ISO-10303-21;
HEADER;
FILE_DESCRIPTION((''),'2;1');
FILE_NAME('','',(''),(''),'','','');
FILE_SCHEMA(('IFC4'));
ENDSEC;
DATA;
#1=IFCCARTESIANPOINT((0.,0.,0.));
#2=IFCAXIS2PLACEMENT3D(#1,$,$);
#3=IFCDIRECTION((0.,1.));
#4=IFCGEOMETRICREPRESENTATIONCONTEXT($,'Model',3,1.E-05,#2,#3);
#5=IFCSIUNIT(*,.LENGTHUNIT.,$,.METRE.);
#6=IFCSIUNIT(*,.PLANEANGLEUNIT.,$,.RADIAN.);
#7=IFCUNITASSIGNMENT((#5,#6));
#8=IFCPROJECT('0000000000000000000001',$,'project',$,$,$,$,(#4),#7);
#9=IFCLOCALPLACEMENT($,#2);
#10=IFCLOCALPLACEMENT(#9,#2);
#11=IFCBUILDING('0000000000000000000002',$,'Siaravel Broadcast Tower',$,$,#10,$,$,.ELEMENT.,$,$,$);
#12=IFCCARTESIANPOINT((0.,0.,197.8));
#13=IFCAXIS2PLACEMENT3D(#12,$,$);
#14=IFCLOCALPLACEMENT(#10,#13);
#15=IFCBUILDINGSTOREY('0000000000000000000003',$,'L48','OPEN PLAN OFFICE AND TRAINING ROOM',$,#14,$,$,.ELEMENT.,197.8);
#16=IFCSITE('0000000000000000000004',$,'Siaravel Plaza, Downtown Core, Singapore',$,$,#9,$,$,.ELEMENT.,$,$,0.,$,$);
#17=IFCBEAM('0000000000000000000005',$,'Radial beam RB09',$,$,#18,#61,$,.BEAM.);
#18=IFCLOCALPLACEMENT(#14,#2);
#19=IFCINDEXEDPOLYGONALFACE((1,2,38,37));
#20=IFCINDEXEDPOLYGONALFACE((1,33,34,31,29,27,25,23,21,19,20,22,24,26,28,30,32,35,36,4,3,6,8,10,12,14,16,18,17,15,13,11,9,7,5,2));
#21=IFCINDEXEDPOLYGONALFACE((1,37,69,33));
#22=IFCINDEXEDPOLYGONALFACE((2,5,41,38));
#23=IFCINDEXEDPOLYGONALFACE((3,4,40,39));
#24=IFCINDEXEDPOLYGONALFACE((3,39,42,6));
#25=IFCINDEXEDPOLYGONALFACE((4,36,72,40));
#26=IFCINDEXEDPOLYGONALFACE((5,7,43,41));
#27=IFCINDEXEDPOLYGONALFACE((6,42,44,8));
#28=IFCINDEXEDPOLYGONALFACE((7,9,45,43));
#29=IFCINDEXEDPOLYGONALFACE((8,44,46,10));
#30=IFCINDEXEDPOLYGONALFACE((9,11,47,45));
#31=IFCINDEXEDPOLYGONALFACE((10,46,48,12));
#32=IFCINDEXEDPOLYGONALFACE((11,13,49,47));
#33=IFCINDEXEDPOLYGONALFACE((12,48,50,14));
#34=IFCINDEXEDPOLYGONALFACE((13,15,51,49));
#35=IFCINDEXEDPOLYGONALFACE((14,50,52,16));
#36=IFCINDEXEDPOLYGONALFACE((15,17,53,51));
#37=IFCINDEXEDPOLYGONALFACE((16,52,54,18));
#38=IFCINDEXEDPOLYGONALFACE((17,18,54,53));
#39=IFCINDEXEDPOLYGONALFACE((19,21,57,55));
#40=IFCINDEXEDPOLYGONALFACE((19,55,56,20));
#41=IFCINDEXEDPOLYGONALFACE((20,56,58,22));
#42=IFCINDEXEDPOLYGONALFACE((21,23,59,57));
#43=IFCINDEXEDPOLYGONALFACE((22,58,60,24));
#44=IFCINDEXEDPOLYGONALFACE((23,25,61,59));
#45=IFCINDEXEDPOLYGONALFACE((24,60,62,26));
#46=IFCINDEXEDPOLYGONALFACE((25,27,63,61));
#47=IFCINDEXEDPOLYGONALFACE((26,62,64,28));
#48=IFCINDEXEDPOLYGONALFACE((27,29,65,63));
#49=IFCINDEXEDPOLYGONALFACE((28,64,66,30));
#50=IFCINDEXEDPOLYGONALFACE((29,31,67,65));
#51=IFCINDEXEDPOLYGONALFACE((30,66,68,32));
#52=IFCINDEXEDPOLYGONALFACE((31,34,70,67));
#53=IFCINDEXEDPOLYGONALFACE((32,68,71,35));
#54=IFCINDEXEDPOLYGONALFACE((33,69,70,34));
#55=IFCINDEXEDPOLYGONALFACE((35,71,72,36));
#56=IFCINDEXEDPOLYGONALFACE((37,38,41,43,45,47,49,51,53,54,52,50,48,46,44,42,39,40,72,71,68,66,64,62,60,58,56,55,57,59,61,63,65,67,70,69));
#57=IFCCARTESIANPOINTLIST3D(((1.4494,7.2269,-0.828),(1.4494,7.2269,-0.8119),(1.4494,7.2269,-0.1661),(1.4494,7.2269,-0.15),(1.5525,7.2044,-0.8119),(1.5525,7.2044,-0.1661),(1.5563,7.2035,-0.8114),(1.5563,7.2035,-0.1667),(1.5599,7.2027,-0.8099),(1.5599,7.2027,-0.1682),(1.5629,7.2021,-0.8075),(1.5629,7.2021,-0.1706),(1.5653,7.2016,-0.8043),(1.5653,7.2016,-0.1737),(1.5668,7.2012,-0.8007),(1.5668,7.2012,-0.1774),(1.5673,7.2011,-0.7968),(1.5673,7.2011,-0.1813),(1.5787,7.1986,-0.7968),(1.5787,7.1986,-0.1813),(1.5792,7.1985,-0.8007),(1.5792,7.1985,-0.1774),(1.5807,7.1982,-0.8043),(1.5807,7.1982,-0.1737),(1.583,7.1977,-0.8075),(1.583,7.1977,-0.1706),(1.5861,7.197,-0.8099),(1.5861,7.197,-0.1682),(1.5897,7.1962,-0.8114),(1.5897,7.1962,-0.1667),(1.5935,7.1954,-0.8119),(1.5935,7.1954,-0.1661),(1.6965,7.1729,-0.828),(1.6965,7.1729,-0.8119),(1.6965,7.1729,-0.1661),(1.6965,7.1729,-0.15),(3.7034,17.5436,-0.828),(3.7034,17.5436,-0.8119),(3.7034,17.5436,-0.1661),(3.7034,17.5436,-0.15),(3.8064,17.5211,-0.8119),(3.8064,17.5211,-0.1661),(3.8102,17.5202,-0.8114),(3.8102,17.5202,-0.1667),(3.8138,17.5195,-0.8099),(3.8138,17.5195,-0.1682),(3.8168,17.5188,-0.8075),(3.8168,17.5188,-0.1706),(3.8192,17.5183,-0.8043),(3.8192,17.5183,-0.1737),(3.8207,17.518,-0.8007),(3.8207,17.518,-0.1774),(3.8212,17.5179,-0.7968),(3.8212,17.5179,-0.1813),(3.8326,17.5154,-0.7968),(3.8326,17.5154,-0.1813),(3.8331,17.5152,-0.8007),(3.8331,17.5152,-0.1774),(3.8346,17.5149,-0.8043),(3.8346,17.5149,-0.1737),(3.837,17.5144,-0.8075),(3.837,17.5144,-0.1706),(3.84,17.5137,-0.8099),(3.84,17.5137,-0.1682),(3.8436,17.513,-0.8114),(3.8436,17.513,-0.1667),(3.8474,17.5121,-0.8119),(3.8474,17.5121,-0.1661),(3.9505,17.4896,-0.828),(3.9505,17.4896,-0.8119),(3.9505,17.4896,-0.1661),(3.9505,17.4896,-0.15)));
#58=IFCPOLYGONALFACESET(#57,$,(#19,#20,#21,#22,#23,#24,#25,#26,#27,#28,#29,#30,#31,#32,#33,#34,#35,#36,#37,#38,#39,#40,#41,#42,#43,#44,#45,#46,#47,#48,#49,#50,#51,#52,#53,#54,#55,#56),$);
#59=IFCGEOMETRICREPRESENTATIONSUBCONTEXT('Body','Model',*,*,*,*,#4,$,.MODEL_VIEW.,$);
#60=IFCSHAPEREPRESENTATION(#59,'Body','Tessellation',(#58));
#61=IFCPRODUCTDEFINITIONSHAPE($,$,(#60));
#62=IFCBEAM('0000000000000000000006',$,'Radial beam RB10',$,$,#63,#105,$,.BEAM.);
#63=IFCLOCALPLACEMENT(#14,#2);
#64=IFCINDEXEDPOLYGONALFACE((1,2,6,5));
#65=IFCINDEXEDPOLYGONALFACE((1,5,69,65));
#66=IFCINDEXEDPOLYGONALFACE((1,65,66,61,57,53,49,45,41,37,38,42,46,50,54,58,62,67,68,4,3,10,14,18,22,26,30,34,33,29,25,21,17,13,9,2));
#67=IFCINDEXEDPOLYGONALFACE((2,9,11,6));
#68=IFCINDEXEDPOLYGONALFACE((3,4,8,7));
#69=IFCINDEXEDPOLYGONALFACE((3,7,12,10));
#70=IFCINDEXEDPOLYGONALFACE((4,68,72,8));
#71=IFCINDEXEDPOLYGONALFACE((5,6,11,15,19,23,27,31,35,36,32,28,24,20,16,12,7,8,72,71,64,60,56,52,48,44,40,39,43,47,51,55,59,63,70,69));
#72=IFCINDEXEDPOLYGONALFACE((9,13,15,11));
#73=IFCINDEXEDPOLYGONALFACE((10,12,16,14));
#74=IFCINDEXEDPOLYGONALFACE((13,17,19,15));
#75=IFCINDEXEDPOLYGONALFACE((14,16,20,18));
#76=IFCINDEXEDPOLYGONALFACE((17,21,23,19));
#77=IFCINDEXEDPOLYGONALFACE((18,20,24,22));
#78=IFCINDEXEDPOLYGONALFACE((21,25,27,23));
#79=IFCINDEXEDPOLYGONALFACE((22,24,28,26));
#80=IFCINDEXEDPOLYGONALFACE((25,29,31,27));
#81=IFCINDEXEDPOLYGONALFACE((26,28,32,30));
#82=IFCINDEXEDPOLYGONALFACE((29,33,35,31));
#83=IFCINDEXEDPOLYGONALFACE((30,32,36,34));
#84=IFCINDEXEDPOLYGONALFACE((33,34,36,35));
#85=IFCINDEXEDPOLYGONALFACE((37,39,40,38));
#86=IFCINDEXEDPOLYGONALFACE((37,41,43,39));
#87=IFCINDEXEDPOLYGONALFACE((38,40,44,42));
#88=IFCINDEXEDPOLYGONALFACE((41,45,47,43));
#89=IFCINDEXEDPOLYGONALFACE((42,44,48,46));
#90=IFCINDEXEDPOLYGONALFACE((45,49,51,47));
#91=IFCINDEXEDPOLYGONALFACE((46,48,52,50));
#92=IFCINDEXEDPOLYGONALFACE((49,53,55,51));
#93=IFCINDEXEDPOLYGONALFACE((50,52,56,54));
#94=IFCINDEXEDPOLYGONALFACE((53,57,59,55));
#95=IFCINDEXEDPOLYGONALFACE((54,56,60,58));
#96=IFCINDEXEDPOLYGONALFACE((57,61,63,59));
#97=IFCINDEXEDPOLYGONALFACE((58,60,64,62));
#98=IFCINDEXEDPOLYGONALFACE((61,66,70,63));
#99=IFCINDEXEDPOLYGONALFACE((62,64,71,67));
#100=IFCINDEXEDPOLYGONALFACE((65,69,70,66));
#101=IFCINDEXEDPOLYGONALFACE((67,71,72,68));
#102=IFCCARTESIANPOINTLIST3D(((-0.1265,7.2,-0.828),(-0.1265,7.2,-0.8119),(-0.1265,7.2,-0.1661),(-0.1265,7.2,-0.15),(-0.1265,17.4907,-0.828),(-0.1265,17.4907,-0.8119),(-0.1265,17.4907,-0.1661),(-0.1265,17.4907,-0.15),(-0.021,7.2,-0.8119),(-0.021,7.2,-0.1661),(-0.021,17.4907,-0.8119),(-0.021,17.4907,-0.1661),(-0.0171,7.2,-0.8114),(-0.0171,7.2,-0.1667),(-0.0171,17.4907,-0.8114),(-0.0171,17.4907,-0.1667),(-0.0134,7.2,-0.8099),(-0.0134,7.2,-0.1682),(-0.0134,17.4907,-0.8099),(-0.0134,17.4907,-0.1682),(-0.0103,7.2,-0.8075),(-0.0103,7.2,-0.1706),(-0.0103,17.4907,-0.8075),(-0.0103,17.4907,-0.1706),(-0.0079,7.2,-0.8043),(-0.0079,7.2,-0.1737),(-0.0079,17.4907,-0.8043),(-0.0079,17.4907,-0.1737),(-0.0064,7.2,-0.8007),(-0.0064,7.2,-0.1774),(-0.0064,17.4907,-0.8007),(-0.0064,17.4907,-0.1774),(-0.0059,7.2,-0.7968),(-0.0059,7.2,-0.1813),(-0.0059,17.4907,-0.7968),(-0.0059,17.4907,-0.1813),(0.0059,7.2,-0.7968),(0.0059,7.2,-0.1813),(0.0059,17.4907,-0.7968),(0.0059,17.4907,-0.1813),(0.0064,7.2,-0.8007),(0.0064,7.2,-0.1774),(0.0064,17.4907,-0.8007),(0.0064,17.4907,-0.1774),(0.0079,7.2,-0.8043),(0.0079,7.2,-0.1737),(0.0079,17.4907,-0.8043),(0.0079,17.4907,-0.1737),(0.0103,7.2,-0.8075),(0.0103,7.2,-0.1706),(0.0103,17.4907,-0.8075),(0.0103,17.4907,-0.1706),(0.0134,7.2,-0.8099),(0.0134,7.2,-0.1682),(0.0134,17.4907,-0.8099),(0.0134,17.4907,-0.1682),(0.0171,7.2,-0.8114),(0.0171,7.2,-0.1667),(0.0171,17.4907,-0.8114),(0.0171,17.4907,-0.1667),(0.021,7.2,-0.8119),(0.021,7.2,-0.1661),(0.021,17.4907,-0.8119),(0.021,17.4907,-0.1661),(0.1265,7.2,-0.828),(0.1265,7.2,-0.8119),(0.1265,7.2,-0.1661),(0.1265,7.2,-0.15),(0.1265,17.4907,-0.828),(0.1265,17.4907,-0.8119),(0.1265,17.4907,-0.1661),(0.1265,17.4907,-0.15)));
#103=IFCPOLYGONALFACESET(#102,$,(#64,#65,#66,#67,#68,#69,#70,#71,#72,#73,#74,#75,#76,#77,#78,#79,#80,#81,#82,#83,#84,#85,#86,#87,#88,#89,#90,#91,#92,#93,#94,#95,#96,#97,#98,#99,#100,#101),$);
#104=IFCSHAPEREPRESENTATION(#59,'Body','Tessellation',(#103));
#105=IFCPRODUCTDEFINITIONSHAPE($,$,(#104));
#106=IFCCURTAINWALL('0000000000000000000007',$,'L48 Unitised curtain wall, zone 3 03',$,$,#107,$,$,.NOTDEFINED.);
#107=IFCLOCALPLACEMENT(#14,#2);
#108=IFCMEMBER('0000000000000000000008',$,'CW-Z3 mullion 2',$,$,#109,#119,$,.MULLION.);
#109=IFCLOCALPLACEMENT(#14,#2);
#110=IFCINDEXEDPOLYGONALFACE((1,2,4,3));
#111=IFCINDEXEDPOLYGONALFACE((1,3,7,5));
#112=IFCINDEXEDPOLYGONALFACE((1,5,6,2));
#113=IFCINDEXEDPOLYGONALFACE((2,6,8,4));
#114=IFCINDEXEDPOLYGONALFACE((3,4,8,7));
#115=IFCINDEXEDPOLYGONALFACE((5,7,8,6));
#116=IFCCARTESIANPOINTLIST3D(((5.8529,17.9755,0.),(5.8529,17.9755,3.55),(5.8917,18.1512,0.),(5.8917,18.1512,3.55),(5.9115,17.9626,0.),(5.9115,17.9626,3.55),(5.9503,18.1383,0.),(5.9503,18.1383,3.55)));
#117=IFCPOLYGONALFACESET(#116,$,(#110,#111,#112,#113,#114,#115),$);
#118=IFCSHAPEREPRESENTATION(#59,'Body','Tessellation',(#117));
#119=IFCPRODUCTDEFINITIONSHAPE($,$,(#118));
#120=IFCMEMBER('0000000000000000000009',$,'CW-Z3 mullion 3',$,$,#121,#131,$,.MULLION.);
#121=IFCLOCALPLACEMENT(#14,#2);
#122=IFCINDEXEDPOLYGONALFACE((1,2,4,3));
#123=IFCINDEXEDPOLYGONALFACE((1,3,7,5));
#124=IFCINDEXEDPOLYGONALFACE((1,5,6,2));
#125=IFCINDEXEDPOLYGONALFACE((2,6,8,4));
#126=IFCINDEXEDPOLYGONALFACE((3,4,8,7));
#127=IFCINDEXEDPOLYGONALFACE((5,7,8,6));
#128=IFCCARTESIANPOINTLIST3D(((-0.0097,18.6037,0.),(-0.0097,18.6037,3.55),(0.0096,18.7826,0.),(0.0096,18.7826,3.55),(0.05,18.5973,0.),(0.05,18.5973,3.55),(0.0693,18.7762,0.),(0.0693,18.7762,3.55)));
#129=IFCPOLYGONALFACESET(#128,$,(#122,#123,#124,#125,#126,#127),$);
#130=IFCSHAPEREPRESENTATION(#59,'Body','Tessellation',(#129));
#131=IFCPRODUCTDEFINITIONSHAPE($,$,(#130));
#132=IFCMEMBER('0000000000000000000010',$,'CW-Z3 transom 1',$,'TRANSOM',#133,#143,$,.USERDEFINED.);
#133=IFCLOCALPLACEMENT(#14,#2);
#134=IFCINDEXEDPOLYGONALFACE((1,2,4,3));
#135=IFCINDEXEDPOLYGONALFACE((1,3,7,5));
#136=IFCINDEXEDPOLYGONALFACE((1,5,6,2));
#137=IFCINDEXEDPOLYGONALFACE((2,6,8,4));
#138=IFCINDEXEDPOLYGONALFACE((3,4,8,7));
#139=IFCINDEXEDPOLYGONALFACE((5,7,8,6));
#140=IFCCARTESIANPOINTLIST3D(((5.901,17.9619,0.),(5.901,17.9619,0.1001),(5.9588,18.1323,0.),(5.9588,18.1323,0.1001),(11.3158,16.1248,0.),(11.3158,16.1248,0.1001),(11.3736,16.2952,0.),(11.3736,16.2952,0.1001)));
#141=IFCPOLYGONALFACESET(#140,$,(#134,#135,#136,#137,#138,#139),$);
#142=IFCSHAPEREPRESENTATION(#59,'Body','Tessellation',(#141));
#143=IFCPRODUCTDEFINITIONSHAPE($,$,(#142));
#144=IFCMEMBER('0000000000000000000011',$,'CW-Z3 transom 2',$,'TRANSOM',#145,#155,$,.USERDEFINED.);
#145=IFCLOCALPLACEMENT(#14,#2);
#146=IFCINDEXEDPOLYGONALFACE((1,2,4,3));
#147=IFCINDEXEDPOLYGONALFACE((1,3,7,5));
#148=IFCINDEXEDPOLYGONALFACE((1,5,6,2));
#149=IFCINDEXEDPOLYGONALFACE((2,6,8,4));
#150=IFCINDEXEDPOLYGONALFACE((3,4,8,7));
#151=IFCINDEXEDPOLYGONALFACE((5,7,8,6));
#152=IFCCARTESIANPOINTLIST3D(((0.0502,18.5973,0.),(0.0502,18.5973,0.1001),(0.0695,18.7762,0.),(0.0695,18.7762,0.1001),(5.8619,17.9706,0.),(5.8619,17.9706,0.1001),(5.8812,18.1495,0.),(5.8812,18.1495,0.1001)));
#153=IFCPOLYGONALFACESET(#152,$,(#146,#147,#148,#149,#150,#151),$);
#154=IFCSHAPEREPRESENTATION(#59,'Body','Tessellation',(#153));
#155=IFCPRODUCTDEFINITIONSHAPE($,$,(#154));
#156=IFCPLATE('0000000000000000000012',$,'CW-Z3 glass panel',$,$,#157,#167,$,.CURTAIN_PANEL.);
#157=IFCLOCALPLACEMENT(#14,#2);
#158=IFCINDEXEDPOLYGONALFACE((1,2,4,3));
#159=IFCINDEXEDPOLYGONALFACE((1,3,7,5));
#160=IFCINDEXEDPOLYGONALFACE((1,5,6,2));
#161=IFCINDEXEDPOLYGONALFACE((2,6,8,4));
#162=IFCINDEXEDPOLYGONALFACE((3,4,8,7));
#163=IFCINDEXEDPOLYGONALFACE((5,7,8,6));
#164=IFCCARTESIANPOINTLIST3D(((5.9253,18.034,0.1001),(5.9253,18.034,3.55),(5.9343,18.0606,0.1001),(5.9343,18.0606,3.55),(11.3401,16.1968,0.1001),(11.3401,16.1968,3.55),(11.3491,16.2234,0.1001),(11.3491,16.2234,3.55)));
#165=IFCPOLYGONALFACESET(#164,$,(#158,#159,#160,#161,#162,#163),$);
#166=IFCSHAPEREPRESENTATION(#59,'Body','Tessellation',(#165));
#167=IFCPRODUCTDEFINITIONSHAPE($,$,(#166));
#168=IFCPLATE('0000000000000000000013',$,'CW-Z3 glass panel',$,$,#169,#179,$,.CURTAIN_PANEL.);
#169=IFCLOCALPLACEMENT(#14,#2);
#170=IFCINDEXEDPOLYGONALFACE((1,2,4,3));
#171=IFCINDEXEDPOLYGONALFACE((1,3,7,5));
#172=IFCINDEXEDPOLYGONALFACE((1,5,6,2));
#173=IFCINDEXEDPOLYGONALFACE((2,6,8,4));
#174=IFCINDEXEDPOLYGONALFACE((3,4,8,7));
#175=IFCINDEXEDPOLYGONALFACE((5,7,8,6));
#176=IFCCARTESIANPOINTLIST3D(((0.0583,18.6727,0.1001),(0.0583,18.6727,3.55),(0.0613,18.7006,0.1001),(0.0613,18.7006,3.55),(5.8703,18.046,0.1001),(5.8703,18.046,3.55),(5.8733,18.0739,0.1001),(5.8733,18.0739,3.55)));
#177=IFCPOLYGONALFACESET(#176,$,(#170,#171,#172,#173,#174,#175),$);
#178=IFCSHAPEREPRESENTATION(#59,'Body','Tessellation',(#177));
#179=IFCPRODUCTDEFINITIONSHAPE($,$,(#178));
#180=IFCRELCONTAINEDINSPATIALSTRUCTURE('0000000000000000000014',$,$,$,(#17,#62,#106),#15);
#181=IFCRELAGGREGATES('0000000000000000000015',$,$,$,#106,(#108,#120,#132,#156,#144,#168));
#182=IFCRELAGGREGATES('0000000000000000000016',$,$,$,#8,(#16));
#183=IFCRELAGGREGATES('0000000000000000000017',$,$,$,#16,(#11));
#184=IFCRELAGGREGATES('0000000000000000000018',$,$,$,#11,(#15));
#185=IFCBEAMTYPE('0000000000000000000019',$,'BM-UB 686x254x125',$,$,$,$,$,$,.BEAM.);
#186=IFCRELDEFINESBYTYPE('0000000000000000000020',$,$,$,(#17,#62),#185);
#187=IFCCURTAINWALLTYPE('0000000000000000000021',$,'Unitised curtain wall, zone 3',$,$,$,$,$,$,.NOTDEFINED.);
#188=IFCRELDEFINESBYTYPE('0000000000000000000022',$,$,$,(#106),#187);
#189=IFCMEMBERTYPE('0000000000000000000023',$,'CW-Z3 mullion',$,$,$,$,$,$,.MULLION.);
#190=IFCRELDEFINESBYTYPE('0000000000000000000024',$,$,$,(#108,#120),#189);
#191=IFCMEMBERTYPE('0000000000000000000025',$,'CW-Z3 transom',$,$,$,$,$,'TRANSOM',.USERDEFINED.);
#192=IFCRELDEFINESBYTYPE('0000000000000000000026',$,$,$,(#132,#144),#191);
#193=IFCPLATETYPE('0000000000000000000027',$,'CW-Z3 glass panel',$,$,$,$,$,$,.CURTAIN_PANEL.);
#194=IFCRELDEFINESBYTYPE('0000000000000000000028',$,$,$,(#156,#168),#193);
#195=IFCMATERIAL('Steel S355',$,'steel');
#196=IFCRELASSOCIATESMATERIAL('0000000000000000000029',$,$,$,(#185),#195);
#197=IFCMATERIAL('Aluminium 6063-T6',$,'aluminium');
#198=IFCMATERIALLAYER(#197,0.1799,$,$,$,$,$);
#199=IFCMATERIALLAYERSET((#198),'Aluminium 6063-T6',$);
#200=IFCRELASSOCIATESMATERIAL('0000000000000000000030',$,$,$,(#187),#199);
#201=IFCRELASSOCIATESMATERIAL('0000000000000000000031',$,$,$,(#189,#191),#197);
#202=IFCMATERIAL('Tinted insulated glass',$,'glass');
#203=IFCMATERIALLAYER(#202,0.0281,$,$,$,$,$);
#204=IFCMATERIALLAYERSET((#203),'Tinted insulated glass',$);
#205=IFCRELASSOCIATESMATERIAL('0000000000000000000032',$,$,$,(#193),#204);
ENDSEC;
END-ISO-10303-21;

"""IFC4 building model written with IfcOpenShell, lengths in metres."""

from ifc_helpers import new_model, si_unit, direction, frame, origin, origin_2d, place, context, subcontext, project, spatial, rectangle, i_section, extrude, material, layer, layer_set, material_profile, profile_set, type_object, element, aggregate, save


model = new_model("IFC4")

# Units and contexts
model_context = context("Model", 3, precision=1e-05, world=origin(), true_north=direction((0.0, 1.0)))
body_context = subcontext(model_context, "Body", "Model", "MODEL_VIEW")
ifc_project = project(units=[si_unit("LENGTHUNIT", "METRE"), si_unit("PLANEANGLEUNIT", "RADIAN")], contexts=[model_context])

# Site, building, storey
site_placement = place(None, origin())
site = spatial("IfcSite", under=ifc_project, at=site_placement, Name="Siaravel Plaza, Downtown Core, Singapore", CompositionType="ELEMENT", RefElevation=0.0)
building_placement = place(site_placement, origin())
building = spatial("IfcBuilding", under=site, at=building_placement, Name="Siaravel Broadcast Tower", CompositionType="ELEMENT")
storey_placement = place(building_placement, frame((0.0, 0.0, 197.8)))
storey = spatial("IfcBuildingStorey", under=building, at=storey_placement, Name="L48", Description="OPEN PLAN OFFICE AND TRAINING ROOM", CompositionType="ELEMENT", Elevation=197.8)

# Beams
ifc_material_1 = material(Name="Steel S355", Category="steel")
ifc_material_profile_1 = material_profile(ifc_material_1, i_section(OverallWidth=0.2529, OverallDepth=0.678, WebThickness=0.0117, FlangeThickness=0.0161, FilletRadius=0.0151, at=origin_2d()))
ifc_profile_set_1 = profile_set([ifc_material_profile_1], Name="Steel S355")
beam_type = type_object("IfcBeamType", Name="BM-UB 686x254x125", PredefinedType="BEAM", material=ifc_profile_set_1)
beam_1_placement = place(storey_placement, frame((3.8269, 17.5166, -0.489), z_axis=(-0.213438, -0.976957, 0.0), x_axis=(0.976957, -0.213438, 0.0)))
element("IfcBeam", 1, at=beam_1_placement, inside=storey, type_object=beam_type, Name="Radial beam RB09", PredefinedType="BEAM", context=body_context, shape_type="SweptSolid", body=[
    extrude(i_section(OverallWidth=0.2529, OverallDepth=0.678, WebThickness=0.0117, FlangeThickness=0.0161, FilletRadius=0.0151, at=origin_2d()), origin(), (0.0, 0.0, 1.0), 10.5601),
])
beam_2_placement = place(storey_placement, frame((0.0, 17.4907, -0.489), z_axis=(0.0, -1.0, 0.0), x_axis=(1.0, 0.0, 0.0)))
element("IfcBeam", 2, at=beam_2_placement, inside=storey, type_object=beam_type, Name="Radial beam RB10", PredefinedType="BEAM", context=body_context, shape_type="SweptSolid", body=[
    extrude(i_section(OverallWidth=0.2529, OverallDepth=0.678, WebThickness=0.0117, FlangeThickness=0.0161, FilletRadius=0.0151, at=origin_2d()), origin(), (0.0, 0.0, 1.0), 10.2908),
])

# Curtain wall, members, plates
ifc_material_2 = material(Name="Aluminium 6063-T6", Category="aluminium")
ifc_layer_1 = layer(ifc_material_2, 0.1799)
ifc_layer_set_1 = layer_set([ifc_layer_1], Name="Aluminium 6063-T6")
curtain_wall_type = type_object("IfcCurtainWallType", Name="Unitised curtain wall, zone 3", PredefinedType="NOTDEFINED", material=ifc_layer_set_1)
curtain_wall_placement = place(storey_placement, origin())
curtain_wall = element("IfcCurtainWall", 3, at=curtain_wall_placement, inside=storey, type_object=curtain_wall_type, Name="L48 Unitised curtain wall, zone 3 03", PredefinedType="NOTDEFINED")
ifc_material_profile_2 = material_profile(ifc_material_2, rectangle(XDim=0.1799, YDim=0.0601, at=origin_2d()))
ifc_profile_set_2 = profile_set([ifc_material_profile_2], Name="Aluminium 6063-T6")
member_type_1 = type_object("IfcMemberType", Name="CW-Z3 mullion", PredefinedType="MULLION", material=ifc_profile_set_2)
member_1_placement = place(storey_placement, frame((5.9016, 18.0569, 0.0), z_axis=(0.0, 0.0, 1.0), x_axis=(-0.215558, -0.976491, 0.0)))
member_1 = element("IfcMember", 4, at=member_1_placement, type_object=member_type_1, Name="CW-Z3 mullion 2", PredefinedType="MULLION", context=body_context, shape_type="SweptSolid", body=[
    extrude(rectangle(XDim=0.1799, YDim=0.0601, at=origin_2d()), origin(), (0.0, 0.0, 1.0), 3.55),
])
member_2_placement = place(storey_placement, frame((0.0298, 18.6899, 0.0), z_axis=(0.0, 0.0, 1.0), x_axis=(-0.107217, -0.994236, 0.0)))
member_2 = element("IfcMember", 5, at=member_2_placement, type_object=member_type_1, Name="CW-Z3 mullion 3", PredefinedType="MULLION", context=body_context, shape_type="SweptSolid", body=[
    extrude(rectangle(XDim=0.1799, YDim=0.0601, at=origin_2d()), origin(), (0.0, 0.0, 1.0), 3.55),
])
ifc_material_profile_3 = material_profile(ifc_material_2, rectangle(XDim=0.1799, YDim=0.1001, at=origin_2d()))
ifc_profile_set_3 = profile_set([ifc_material_profile_3], Name="Aluminium 6063-T6")
member_type_2 = type_object("IfcMemberType", Name="CW-Z3 transom", ElementType="TRANSOM", PredefinedType="USERDEFINED", material=ifc_profile_set_3)
member_3_placement = place(storey_placement, frame((11.3447, 16.21, 0.05), z_axis=(-0.946979, 0.321296, 0.0), x_axis=(-0.321296, -0.946979, 0.0)))
member_3 = element("IfcMember", 6, at=member_3_placement, type_object=member_type_2, Name="CW-Z3 transom 1", ObjectType="TRANSOM", PredefinedType="USERDEFINED", context=body_context, shape_type="SweptSolid", body=[
    extrude(rectangle(XDim=0.1799, YDim=0.1001, at=origin_2d()), origin(), (0.0, 0.0, 1.0), 5.718),
])
member_4_placement = place(storey_placement, frame((5.8716, 18.0601, 0.05), z_axis=(-0.994236, 0.107213, 0.0), x_axis=(-0.107213, -0.994236, 0.0)))
member_4 = element("IfcMember", 7, at=member_4_placement, type_object=member_type_2, Name="CW-Z3 transom 2", ObjectType="TRANSOM", PredefinedType="USERDEFINED", context=body_context, shape_type="SweptSolid", body=[
    extrude(rectangle(XDim=0.1799, YDim=0.1001, at=origin_2d()), origin(), (0.0, 0.0, 1.0), 5.8455),
])
ifc_material_3 = material(Name="Tinted insulated glass", Category="glass")
ifc_layer_2 = layer(ifc_material_3, 0.0281)
ifc_layer_set_2 = layer_set([ifc_layer_2], Name="Tinted insulated glass")
plate_type = type_object("IfcPlateType", Name="CW-Z3 glass panel", PredefinedType="CURTAIN_PANEL", material=ifc_layer_set_2)
plate_1_placement = place(storey_placement, frame((8.6372, 17.1287, 0.1001), z_axis=(0.0, 0.0, 1.0), x_axis=(-0.946977, 0.3213, 0.0)))
plate_1 = element("IfcPlate", 8, at=plate_1_placement, type_object=plate_type, Name="CW-Z3 glass panel", PredefinedType="CURTAIN_PANEL", context=body_context, shape_type="SweptSolid", body=[
    extrude(rectangle(XDim=5.718, YDim=0.0281, at=origin_2d()), origin(), (0.0, 0.0, 1.0), 3.45),
])
plate_2_placement = place(storey_placement, frame((2.9658, 18.3733, 0.1001), z_axis=(0.0, 0.0, 1.0), x_axis=(-0.994236, 0.107217, 0.0)))
plate_2 = element("IfcPlate", 9, at=plate_2_placement, type_object=plate_type, Name="CW-Z3 glass panel", PredefinedType="CURTAIN_PANEL", context=body_context, shape_type="SweptSolid", body=[
    extrude(rectangle(XDim=5.8457, YDim=0.0281, at=origin_2d()), origin(), (0.0, 0.0, 1.0), 3.45),
])
aggregate(curtain_wall, [member_1, member_2, member_3, plate_1, member_4, plate_2])

save(model, "model.ifc")
